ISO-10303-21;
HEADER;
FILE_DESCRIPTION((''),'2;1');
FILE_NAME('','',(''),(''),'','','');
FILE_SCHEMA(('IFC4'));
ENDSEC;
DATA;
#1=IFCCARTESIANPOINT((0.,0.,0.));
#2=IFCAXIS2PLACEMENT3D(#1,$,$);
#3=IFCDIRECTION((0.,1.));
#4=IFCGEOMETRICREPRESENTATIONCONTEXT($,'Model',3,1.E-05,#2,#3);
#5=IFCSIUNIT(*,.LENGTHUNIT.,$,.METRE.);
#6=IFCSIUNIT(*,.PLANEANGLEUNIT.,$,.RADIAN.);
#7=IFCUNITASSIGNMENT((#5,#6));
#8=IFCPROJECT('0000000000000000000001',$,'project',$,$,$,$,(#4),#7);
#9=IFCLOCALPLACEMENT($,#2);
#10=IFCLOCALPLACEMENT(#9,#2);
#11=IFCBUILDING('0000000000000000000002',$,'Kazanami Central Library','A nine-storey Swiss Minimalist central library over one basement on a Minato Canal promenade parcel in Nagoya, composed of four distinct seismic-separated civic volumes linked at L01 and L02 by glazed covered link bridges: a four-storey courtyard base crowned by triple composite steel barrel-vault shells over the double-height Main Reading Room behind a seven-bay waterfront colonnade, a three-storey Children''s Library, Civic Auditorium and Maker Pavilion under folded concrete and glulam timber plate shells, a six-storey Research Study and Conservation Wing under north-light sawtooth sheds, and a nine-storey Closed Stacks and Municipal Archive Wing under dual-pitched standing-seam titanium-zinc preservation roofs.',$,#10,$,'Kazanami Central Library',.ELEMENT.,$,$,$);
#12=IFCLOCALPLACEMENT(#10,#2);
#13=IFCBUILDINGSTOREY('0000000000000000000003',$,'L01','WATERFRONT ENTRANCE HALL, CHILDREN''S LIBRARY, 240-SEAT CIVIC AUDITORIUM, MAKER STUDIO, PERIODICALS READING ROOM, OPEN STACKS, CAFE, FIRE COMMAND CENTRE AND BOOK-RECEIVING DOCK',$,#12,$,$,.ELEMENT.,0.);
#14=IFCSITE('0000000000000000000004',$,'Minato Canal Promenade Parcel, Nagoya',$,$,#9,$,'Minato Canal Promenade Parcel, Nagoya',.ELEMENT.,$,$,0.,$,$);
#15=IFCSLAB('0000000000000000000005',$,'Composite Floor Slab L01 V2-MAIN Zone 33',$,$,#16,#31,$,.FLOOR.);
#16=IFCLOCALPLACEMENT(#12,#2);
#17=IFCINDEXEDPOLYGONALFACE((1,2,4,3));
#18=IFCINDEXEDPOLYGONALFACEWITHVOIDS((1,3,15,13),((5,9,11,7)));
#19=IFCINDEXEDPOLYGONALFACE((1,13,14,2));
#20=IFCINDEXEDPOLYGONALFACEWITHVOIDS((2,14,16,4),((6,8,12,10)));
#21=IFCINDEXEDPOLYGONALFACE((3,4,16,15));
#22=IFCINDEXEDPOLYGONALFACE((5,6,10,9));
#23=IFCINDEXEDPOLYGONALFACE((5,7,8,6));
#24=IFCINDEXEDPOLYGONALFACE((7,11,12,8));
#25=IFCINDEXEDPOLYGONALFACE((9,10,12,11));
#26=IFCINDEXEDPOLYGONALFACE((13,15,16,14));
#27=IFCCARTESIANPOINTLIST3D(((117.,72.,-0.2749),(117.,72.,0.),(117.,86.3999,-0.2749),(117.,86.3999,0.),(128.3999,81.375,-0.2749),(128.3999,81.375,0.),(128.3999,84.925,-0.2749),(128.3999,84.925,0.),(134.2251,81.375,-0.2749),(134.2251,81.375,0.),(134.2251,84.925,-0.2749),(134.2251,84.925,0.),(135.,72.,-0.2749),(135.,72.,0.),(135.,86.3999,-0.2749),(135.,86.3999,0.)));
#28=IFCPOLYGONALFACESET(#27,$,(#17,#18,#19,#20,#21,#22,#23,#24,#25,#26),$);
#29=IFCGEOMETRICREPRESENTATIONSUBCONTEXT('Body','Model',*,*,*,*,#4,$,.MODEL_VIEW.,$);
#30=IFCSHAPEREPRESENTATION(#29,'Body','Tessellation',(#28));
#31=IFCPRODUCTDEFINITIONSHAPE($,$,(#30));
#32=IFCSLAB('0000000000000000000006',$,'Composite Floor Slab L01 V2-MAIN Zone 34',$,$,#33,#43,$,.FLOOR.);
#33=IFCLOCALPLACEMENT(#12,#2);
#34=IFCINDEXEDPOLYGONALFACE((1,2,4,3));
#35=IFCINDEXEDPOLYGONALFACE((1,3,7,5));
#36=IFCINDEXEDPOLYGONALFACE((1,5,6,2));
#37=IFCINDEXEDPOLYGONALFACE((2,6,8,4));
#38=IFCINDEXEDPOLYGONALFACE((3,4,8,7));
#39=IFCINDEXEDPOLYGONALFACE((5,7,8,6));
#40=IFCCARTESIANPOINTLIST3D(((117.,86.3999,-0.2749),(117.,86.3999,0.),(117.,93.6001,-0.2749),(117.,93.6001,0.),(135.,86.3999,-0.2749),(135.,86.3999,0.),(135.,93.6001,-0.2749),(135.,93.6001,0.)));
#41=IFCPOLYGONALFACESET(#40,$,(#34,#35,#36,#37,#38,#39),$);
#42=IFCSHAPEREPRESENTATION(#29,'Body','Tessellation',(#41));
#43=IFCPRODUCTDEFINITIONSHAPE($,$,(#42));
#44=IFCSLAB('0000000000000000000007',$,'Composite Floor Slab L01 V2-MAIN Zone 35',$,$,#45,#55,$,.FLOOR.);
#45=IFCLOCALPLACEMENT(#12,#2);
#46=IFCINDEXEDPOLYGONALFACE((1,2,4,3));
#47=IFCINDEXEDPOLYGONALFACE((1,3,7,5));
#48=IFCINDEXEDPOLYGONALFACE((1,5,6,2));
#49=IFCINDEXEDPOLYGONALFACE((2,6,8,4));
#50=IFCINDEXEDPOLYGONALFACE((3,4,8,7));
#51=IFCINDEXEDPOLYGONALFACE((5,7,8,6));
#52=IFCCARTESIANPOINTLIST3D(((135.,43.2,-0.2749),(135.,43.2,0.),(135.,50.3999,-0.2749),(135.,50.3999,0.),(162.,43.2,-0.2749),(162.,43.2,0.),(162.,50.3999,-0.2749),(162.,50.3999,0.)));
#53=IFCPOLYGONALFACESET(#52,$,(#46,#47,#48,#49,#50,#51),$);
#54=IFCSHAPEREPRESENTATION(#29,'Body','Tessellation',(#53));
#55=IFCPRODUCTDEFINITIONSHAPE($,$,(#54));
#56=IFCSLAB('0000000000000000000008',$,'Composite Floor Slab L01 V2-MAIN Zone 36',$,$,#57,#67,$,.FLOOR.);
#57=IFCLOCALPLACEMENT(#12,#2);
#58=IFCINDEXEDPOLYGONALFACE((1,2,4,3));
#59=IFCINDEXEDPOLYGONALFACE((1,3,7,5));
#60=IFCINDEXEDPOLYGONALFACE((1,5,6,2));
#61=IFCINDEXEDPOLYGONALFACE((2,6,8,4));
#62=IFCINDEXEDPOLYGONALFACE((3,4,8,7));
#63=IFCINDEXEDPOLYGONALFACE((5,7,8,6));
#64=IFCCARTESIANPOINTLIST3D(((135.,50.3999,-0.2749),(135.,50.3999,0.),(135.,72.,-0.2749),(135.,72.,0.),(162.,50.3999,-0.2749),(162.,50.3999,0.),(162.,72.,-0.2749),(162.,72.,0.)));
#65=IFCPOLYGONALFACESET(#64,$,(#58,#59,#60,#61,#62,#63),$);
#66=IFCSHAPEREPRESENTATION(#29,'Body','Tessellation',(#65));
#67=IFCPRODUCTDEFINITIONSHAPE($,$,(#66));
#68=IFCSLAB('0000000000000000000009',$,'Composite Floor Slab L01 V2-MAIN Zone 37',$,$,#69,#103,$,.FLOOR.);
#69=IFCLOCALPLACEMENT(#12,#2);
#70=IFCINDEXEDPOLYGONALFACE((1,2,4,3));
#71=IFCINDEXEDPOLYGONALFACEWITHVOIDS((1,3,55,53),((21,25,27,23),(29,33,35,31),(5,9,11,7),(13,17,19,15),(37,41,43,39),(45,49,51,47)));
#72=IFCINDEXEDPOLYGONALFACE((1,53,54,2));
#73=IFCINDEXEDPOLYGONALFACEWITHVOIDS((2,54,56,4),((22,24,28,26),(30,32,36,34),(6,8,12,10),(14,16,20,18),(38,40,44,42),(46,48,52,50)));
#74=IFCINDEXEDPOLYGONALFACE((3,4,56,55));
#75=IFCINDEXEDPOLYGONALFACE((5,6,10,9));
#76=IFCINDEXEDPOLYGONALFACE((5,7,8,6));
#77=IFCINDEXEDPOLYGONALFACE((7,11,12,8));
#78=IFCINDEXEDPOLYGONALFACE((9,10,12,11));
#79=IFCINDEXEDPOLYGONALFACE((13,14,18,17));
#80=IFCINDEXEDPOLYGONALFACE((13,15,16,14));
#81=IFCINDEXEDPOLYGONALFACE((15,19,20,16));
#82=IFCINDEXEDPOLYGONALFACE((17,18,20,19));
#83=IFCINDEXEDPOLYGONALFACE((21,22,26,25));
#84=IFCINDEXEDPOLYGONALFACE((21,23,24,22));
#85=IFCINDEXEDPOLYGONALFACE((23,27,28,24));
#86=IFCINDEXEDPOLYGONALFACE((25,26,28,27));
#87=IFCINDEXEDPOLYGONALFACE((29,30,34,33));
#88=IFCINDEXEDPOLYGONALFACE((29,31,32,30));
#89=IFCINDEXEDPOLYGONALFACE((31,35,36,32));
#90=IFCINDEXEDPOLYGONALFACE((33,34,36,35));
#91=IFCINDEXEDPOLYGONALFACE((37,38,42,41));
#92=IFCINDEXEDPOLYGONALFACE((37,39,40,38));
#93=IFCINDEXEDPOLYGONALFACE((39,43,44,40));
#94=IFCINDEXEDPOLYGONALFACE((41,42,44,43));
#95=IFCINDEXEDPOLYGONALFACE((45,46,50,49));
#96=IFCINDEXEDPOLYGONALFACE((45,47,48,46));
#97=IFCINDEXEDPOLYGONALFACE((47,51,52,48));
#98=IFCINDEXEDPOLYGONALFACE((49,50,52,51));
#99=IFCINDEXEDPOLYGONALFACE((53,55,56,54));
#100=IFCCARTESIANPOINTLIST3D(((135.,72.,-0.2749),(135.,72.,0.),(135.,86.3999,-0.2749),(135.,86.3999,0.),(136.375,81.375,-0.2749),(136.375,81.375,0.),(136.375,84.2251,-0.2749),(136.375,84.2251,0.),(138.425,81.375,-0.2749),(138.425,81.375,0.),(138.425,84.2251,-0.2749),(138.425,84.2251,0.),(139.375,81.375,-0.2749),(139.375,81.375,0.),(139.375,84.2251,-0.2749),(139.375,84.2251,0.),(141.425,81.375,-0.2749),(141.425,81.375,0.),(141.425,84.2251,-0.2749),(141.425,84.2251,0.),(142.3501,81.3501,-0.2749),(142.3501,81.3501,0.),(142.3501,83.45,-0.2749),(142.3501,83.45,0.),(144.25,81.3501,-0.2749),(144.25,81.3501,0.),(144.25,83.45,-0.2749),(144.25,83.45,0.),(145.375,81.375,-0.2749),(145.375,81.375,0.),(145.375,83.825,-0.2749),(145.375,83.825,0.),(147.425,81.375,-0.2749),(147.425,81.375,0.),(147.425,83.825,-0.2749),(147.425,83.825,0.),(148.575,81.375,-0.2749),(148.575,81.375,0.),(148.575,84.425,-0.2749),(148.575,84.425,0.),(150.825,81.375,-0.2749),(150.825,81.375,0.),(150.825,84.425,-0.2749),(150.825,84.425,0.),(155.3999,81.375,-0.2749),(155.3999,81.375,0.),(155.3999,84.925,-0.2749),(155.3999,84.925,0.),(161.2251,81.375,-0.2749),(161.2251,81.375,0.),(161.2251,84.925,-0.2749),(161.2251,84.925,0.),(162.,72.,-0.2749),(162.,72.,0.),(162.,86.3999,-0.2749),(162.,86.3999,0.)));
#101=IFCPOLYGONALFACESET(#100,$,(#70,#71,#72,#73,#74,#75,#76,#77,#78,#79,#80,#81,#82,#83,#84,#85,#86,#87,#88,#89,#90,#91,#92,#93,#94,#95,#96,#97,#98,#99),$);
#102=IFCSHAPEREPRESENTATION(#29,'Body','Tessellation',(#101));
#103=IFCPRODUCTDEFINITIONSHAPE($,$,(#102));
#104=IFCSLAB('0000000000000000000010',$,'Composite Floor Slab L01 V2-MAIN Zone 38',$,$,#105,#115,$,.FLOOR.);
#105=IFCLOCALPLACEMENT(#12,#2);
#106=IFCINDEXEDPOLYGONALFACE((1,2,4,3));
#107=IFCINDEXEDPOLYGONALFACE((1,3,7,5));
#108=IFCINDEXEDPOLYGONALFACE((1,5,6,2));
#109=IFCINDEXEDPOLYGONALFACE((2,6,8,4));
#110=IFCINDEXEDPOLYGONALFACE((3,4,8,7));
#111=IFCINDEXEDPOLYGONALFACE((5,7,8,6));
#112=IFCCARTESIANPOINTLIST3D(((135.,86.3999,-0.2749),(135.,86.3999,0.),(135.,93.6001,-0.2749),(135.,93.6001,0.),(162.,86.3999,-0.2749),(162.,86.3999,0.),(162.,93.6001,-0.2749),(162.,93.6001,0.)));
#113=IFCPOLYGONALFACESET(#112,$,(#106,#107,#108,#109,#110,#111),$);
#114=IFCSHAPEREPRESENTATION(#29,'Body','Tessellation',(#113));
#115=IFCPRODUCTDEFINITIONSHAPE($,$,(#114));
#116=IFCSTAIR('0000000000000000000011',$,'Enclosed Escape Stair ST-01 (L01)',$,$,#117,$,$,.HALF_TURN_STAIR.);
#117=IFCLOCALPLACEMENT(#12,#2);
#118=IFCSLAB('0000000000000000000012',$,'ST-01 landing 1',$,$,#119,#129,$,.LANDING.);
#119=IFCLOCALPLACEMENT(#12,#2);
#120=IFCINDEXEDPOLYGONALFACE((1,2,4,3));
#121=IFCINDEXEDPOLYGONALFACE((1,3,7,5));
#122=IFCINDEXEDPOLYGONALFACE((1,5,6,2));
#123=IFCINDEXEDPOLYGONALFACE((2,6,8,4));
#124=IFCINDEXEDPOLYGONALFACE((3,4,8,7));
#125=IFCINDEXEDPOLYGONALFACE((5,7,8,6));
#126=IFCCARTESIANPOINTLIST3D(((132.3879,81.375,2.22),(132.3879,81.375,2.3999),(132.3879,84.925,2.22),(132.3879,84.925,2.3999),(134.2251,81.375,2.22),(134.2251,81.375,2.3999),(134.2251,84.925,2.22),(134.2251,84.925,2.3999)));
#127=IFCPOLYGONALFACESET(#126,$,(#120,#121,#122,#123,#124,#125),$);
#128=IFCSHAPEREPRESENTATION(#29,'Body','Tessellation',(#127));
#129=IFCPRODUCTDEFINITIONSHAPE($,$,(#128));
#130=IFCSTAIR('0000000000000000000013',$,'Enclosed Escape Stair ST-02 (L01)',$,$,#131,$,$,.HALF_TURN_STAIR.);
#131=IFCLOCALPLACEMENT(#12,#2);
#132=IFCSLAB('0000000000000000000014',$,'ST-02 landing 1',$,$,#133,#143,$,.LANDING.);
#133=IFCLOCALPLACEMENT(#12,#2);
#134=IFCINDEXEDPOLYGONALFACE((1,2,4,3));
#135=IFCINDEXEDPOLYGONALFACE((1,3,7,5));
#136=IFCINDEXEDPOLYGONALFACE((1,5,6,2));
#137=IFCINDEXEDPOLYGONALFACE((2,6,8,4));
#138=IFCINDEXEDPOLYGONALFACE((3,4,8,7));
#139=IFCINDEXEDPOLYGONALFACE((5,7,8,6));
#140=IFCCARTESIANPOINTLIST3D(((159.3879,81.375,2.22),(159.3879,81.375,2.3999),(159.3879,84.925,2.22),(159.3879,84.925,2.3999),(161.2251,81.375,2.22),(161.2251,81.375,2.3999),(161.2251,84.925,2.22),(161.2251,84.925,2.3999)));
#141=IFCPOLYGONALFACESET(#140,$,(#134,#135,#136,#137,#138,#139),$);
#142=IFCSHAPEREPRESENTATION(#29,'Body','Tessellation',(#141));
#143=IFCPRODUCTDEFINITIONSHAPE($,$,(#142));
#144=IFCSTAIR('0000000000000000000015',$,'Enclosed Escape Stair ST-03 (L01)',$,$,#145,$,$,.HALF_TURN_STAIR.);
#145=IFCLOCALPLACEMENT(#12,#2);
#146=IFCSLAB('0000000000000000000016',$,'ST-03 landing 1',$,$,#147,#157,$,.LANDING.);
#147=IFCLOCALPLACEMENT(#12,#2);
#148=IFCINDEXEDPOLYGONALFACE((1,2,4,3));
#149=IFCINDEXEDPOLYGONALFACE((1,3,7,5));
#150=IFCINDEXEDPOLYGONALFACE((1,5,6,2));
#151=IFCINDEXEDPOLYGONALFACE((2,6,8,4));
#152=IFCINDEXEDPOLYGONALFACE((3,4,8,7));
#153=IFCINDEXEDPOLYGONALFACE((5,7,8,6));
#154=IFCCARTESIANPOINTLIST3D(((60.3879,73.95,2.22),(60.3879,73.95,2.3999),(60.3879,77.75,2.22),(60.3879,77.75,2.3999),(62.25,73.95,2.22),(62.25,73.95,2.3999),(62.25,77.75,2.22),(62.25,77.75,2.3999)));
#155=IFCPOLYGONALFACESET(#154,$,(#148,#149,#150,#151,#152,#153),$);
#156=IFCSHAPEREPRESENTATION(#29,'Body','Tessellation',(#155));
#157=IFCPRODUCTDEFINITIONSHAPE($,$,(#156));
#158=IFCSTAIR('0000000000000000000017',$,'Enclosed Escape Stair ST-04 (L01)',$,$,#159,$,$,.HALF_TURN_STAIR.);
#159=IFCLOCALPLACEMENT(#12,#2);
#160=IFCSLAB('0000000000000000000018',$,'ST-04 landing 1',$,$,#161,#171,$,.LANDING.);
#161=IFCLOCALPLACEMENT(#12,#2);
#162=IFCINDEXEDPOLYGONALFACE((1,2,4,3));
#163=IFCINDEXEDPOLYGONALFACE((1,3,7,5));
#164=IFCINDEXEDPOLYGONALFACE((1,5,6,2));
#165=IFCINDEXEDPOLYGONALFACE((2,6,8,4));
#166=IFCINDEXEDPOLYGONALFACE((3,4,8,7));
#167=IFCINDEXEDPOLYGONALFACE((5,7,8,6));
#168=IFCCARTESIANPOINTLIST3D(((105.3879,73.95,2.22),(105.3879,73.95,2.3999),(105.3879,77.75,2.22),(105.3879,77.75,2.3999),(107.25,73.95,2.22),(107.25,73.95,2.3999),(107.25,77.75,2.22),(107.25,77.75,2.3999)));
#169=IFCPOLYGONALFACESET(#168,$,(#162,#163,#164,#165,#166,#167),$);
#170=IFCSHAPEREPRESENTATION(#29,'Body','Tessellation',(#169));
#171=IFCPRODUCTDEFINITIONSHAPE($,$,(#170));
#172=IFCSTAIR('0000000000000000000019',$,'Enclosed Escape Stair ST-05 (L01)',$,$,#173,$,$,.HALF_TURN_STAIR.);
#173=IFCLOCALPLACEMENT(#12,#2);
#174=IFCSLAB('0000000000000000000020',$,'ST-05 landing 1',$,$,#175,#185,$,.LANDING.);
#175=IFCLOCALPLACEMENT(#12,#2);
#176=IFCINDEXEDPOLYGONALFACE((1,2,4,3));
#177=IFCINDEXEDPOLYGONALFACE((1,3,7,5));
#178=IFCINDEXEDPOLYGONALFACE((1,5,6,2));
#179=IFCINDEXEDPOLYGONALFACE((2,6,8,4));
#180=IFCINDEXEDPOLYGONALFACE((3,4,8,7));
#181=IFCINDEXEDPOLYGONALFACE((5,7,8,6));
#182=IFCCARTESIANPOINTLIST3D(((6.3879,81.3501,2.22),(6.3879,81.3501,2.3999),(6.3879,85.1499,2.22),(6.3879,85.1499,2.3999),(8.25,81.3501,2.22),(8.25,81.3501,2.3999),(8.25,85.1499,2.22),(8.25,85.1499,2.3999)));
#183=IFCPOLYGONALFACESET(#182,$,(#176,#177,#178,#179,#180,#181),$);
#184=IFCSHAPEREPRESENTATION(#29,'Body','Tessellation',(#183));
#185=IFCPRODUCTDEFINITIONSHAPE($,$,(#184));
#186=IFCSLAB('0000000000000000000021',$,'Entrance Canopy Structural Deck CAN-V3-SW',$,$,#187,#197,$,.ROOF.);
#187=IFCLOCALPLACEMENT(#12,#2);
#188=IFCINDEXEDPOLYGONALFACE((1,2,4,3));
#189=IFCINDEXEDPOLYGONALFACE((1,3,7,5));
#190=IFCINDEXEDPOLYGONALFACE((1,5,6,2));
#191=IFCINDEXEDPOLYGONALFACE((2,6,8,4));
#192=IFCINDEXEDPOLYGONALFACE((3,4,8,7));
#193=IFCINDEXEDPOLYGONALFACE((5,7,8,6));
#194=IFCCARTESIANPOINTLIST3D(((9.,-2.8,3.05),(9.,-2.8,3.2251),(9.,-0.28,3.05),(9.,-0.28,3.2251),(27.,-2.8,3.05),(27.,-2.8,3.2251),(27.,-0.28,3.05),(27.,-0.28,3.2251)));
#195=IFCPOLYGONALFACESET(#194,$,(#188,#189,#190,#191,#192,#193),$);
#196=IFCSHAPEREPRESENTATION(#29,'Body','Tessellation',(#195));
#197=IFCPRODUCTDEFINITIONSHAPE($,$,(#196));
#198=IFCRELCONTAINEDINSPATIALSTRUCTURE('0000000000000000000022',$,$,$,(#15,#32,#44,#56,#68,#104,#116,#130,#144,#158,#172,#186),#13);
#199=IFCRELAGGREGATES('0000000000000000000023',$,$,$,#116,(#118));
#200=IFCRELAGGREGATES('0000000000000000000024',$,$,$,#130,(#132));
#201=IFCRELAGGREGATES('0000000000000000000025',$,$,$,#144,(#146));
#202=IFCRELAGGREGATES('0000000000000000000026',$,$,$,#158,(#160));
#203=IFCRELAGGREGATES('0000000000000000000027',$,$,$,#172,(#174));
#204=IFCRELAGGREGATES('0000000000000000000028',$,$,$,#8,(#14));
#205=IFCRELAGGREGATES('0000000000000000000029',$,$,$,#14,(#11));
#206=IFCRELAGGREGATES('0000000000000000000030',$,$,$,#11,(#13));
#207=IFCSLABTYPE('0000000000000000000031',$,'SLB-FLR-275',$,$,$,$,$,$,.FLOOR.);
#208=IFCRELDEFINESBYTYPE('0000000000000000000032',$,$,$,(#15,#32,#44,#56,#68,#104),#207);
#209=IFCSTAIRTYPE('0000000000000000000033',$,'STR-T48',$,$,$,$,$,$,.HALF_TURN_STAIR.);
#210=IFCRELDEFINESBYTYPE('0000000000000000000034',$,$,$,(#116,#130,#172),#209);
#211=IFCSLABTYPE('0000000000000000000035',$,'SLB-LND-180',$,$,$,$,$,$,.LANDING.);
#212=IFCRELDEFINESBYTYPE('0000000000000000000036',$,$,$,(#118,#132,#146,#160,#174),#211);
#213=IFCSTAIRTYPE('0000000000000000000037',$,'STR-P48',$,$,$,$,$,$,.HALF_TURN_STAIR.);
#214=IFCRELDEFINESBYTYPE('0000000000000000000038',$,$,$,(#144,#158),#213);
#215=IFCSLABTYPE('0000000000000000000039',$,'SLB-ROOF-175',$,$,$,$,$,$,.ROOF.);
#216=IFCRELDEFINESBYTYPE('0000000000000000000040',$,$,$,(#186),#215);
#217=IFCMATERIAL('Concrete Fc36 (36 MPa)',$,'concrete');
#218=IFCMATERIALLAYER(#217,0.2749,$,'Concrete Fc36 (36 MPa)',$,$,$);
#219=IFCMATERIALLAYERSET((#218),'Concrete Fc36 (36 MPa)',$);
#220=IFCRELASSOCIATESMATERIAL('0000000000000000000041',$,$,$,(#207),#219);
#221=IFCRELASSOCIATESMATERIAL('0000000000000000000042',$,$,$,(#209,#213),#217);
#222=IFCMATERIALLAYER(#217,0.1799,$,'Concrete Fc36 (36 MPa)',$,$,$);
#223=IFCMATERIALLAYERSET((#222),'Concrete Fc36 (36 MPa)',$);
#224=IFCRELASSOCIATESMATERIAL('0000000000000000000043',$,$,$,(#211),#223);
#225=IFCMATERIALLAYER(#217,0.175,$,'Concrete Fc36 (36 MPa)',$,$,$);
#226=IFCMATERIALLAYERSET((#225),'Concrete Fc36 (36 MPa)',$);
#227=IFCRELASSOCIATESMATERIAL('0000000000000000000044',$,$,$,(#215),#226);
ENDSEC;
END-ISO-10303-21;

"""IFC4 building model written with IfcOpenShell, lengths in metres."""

from ifc_helpers import new_model, si_unit, direction, frame, origin, place, context, subcontext, project, spatial, polyline, outline, extrude, material, layer, layer_set, type_object, element, aggregate, save


model = new_model("IFC4")

# Units and contexts
model_context = context("Model", 3, precision=1e-05, world=origin(), true_north=direction((0.0, 1.0)))
body_context = subcontext(model_context, "Body", "Model", "MODEL_VIEW")
ifc_project = project(units=[si_unit("LENGTHUNIT", "METRE"), si_unit("PLANEANGLEUNIT", "RADIAN")], contexts=[model_context])

# Site, building, storey
site_placement = place(None, origin())
site = spatial("IfcSite", under=ifc_project, at=site_placement, Name="Minato Canal Promenade Parcel, Nagoya", LongName="Minato Canal Promenade Parcel, Nagoya", CompositionType="ELEMENT", RefElevation=0.0)
building_placement = place(site_placement, origin())
building = spatial("IfcBuilding", under=site, at=building_placement, Name="Kazanami Central Library", Description="A nine-storey Swiss Minimalist central library over one basement on a Minato Canal promenade parcel in Nagoya, composed of four distinct seismic-separated civic volumes linked at L01 and L02 by glazed covered link bridges: a four-storey courtyard base crowned by triple composite steel barrel-vault shells over the double-height Main Reading Room behind a seven-bay waterfront colonnade, a three-storey Children's Library, Civic Auditorium and Maker Pavilion under folded concrete and glulam timber plate shells, a six-storey Research Study and Conservation Wing under north-light sawtooth sheds, and a nine-storey Closed Stacks and Municipal Archive Wing under dual-pitched standing-seam titanium-zinc preservation roofs.", LongName="Kazanami Central Library", CompositionType="ELEMENT")
storey_placement = place(building_placement, origin())
storey = spatial("IfcBuildingStorey", under=building, at=storey_placement, Name="L01", Description="WATERFRONT ENTRANCE HALL, CHILDREN'S LIBRARY, 240-SEAT CIVIC AUDITORIUM, MAKER STUDIO, PERIODICALS READING ROOM, OPEN STACKS, CAFE, FIRE COMMAND CENTRE AND BOOK-RECEIVING DOCK", CompositionType="ELEMENT", Elevation=0.0)

# Slabs
ifc_material_1 = material(Name="Concrete Fc36 (36 MPa)", Category="concrete")
ifc_layer_1 = layer(ifc_material_1, 0.2749, Name="Concrete Fc36 (36 MPa)")
ifc_layer_set_1 = layer_set([ifc_layer_1], Name="Concrete Fc36 (36 MPa)")
slab_type_1 = type_object("IfcSlabType", Name="SLB-FLR-275", PredefinedType="FLOOR", material=ifc_layer_set_1)
slab_1_placement = place(storey_placement, frame((0.0, 0.0, -0.2749)))
element("IfcSlab", 1, at=slab_1_placement, inside=storey, type_object=slab_type_1, Name="Composite Floor Slab L01 V2-MAIN Zone 33", PredefinedType="FLOOR", context=body_context, shape_type="SweptSolid", body=[
    extrude(outline(polyline([(117.0, 72.0), (135.0, 72.0), (135.0, 86.3999), (117.0, 86.3999), (117.0, 72.0)]), holes=[polyline([(128.3999, 81.375), (134.2251, 81.375), (134.2251, 84.925), (128.3999, 84.925), (128.3999, 81.375)])]), origin(), (0.0, 0.0, 1.0), 0.2749),
])
slab_2_placement = place(storey_placement, frame((0.0, 0.0, -0.2749)))
element("IfcSlab", 2, at=slab_2_placement, inside=storey, type_object=slab_type_1, Name="Composite Floor Slab L01 V2-MAIN Zone 34", PredefinedType="FLOOR", context=body_context, shape_type="SweptSolid", body=[
    extrude(outline(polyline([(117.0, 86.3999), (135.0, 86.3999), (135.0, 93.6001), (117.0, 93.6001), (117.0, 86.3999)])), origin(), (0.0, 0.0, 1.0), 0.2749),
])
slab_3_placement = place(storey_placement, frame((0.0, 0.0, -0.2749)))
element("IfcSlab", 3, at=slab_3_placement, inside=storey, type_object=slab_type_1, Name="Composite Floor Slab L01 V2-MAIN Zone 35", PredefinedType="FLOOR", context=body_context, shape_type="SweptSolid", body=[
    extrude(outline(polyline([(135.0, 43.2), (162.0, 43.2), (162.0, 50.3999), (135.0, 50.3999), (135.0, 43.2)])), origin(), (0.0, 0.0, 1.0), 0.2749),
])
slab_4_placement = place(storey_placement, frame((0.0, 0.0, -0.2749)))
element("IfcSlab", 4, at=slab_4_placement, inside=storey, type_object=slab_type_1, Name="Composite Floor Slab L01 V2-MAIN Zone 36", PredefinedType="FLOOR", context=body_context, shape_type="SweptSolid", body=[
    extrude(outline(polyline([(135.0, 50.3999), (162.0, 50.3999), (162.0, 72.0), (135.0, 72.0), (135.0, 50.3999)])), origin(), (0.0, 0.0, 1.0), 0.2749),
])
slab_5_placement = place(storey_placement, frame((0.0, 0.0, -0.2749)))
element("IfcSlab", 5, at=slab_5_placement, inside=storey, type_object=slab_type_1, Name="Composite Floor Slab L01 V2-MAIN Zone 37", PredefinedType="FLOOR", context=body_context, shape_type="SweptSolid", body=[
    extrude(outline(polyline([(135.0, 72.0), (162.0, 72.0), (162.0, 86.3999), (135.0, 86.3999), (135.0, 72.0)]), holes=[polyline([(155.3999, 81.375), (161.2251, 81.375), (161.2251, 84.925), (155.3999, 84.925), (155.3999, 81.375)]), polyline([(136.375, 81.375), (138.425, 81.375), (138.425, 84.2251), (136.375, 84.2251), (136.375, 81.375)]), polyline([(139.375, 81.375), (141.425, 81.375), (141.425, 84.2251), (139.375, 84.2251), (139.375, 81.375)]), polyline([(145.375, 81.375), (147.425, 81.375), (147.425, 83.825), (145.375, 83.825), (145.375, 81.375)]), polyline([(148.575, 81.375), (150.825, 81.375), (150.825, 84.425), (148.575, 84.425), (148.575, 81.375)]), polyline([(142.3501, 81.3501), (144.25, 81.3501), (144.25, 83.45), (142.3501, 83.45), (142.3501, 81.3501)])]), origin(), (0.0, 0.0, 1.0), 0.2749),
])
slab_6_placement = place(storey_placement, frame((0.0, 0.0, -0.2749)))
element("IfcSlab", 6, at=slab_6_placement, inside=storey, type_object=slab_type_1, Name="Composite Floor Slab L01 V2-MAIN Zone 38", PredefinedType="FLOOR", context=body_context, shape_type="SweptSolid", body=[
    extrude(outline(polyline([(135.0, 86.3999), (162.0, 86.3999), (162.0, 93.6001), (135.0, 93.6001), (135.0, 86.3999)])), origin(), (0.0, 0.0, 1.0), 0.2749),
])

# Stairs, slabs
stair_type_1 = type_object("IfcStairType", Name="STR-T48", PredefinedType="HALF_TURN_STAIR", material=ifc_material_1)
stair_1_placement = place(storey_placement, origin())
stair_1 = element("IfcStair", 7, at=stair_1_placement, inside=storey, type_object=stair_type_1, Name="Enclosed Escape Stair ST-01 (L01)", PredefinedType="HALF_TURN_STAIR")
ifc_layer_2 = layer(ifc_material_1, 0.1799, Name="Concrete Fc36 (36 MPa)")
ifc_layer_set_2 = layer_set([ifc_layer_2], Name="Concrete Fc36 (36 MPa)")
slab_type_2 = type_object("IfcSlabType", Name="SLB-LND-180", PredefinedType="LANDING", material=ifc_layer_set_2)
slab_7_placement = place(storey_placement, frame((0.0, 0.0, 2.22)))
slab_7 = element("IfcSlab", 8, at=slab_7_placement, type_object=slab_type_2, Name="ST-01 landing 1", PredefinedType="LANDING", context=body_context, shape_type="SweptSolid", body=[
    extrude(outline(polyline([(132.3879, 81.375), (134.2251, 81.375), (134.2251, 84.925), (132.3879, 84.925), (132.3879, 81.375)])), origin(), (0.0, 0.0, 1.0), 0.1799),
])
aggregate(stair_1, [slab_7])
stair_2_placement = place(storey_placement, origin())
stair_2 = element("IfcStair", 9, at=stair_2_placement, inside=storey, type_object=stair_type_1, Name="Enclosed Escape Stair ST-02 (L01)", PredefinedType="HALF_TURN_STAIR")
slab_8_placement = place(storey_placement, frame((0.0, 0.0, 2.22)))
slab_8 = element("IfcSlab", 10, at=slab_8_placement, type_object=slab_type_2, Name="ST-02 landing 1", PredefinedType="LANDING", context=body_context, shape_type="SweptSolid", body=[
    extrude(outline(polyline([(159.3879, 81.375), (161.2251, 81.375), (161.2251, 84.925), (159.3879, 84.925), (159.3879, 81.375)])), origin(), (0.0, 0.0, 1.0), 0.1799),
])
aggregate(stair_2, [slab_8])
stair_type_2 = type_object("IfcStairType", Name="STR-P48", PredefinedType="HALF_TURN_STAIR", material=ifc_material_1)
stair_3_placement = place(storey_placement, origin())
stair_3 = element("IfcStair", 11, at=stair_3_placement, inside=storey, type_object=stair_type_2, Name="Enclosed Escape Stair ST-03 (L01)", PredefinedType="HALF_TURN_STAIR")
slab_9_placement = place(storey_placement, frame((0.0, 0.0, 2.22)))
slab_9 = element("IfcSlab", 12, at=slab_9_placement, type_object=slab_type_2, Name="ST-03 landing 1", PredefinedType="LANDING", context=body_context, shape_type="SweptSolid", body=[
    extrude(outline(polyline([(60.3879, 73.95), (62.25, 73.95), (62.25, 77.75), (60.3879, 77.75), (60.3879, 73.95)])), origin(), (0.0, 0.0, 1.0), 0.1799),
])
aggregate(stair_3, [slab_9])
stair_4_placement = place(storey_placement, origin())
stair_4 = element("IfcStair", 13, at=stair_4_placement, inside=storey, type_object=stair_type_2, Name="Enclosed Escape Stair ST-04 (L01)", PredefinedType="HALF_TURN_STAIR")
slab_10_placement = place(storey_placement, frame((0.0, 0.0, 2.22)))
slab_10 = element("IfcSlab", 14, at=slab_10_placement, type_object=slab_type_2, Name="ST-04 landing 1", PredefinedType="LANDING", context=body_context, shape_type="SweptSolid", body=[
    extrude(outline(polyline([(105.3879, 73.95), (107.25, 73.95), (107.25, 77.75), (105.3879, 77.75), (105.3879, 73.95)])), origin(), (0.0, 0.0, 1.0), 0.1799),
])
aggregate(stair_4, [slab_10])
stair_5_placement = place(storey_placement, origin())
stair_5 = element("IfcStair", 15, at=stair_5_placement, inside=storey, type_object=stair_type_1, Name="Enclosed Escape Stair ST-05 (L01)", PredefinedType="HALF_TURN_STAIR")
slab_11_placement = place(storey_placement, frame((0.0, 0.0, 2.22)))
slab_11 = element("IfcSlab", 16, at=slab_11_placement, type_object=slab_type_2, Name="ST-05 landing 1", PredefinedType="LANDING", context=body_context, shape_type="SweptSolid", body=[
    extrude(outline(polyline([(6.3879, 81.3501), (8.25, 81.3501), (8.25, 85.1499), (6.3879, 85.1499), (6.3879, 81.3501)])), origin(), (0.0, 0.0, 1.0), 0.1799),
])
aggregate(stair_5, [slab_11])

# Slab
ifc_layer_3 = layer(ifc_material_1, 0.175, Name="Concrete Fc36 (36 MPa)")
ifc_layer_set_3 = layer_set([ifc_layer_3], Name="Concrete Fc36 (36 MPa)")
slab_type_3 = type_object("IfcSlabType", Name="SLB-ROOF-175", PredefinedType="ROOF", material=ifc_layer_set_3)
slab_12_placement = place(storey_placement, frame((0.0, 0.0, 3.05)))
element("IfcSlab", 17, at=slab_12_placement, inside=storey, type_object=slab_type_3, Name="Entrance Canopy Structural Deck CAN-V3-SW", PredefinedType="ROOF", context=body_context, shape_type="SweptSolid", body=[
    extrude(outline(polyline([(9.0, -2.8), (27.0, -2.8), (27.0, -0.28), (9.0, -0.28), (9.0, -2.8)])), origin(), (0.0, 0.0, 1.0), 0.175),
])

save(model, "model.ifc")
